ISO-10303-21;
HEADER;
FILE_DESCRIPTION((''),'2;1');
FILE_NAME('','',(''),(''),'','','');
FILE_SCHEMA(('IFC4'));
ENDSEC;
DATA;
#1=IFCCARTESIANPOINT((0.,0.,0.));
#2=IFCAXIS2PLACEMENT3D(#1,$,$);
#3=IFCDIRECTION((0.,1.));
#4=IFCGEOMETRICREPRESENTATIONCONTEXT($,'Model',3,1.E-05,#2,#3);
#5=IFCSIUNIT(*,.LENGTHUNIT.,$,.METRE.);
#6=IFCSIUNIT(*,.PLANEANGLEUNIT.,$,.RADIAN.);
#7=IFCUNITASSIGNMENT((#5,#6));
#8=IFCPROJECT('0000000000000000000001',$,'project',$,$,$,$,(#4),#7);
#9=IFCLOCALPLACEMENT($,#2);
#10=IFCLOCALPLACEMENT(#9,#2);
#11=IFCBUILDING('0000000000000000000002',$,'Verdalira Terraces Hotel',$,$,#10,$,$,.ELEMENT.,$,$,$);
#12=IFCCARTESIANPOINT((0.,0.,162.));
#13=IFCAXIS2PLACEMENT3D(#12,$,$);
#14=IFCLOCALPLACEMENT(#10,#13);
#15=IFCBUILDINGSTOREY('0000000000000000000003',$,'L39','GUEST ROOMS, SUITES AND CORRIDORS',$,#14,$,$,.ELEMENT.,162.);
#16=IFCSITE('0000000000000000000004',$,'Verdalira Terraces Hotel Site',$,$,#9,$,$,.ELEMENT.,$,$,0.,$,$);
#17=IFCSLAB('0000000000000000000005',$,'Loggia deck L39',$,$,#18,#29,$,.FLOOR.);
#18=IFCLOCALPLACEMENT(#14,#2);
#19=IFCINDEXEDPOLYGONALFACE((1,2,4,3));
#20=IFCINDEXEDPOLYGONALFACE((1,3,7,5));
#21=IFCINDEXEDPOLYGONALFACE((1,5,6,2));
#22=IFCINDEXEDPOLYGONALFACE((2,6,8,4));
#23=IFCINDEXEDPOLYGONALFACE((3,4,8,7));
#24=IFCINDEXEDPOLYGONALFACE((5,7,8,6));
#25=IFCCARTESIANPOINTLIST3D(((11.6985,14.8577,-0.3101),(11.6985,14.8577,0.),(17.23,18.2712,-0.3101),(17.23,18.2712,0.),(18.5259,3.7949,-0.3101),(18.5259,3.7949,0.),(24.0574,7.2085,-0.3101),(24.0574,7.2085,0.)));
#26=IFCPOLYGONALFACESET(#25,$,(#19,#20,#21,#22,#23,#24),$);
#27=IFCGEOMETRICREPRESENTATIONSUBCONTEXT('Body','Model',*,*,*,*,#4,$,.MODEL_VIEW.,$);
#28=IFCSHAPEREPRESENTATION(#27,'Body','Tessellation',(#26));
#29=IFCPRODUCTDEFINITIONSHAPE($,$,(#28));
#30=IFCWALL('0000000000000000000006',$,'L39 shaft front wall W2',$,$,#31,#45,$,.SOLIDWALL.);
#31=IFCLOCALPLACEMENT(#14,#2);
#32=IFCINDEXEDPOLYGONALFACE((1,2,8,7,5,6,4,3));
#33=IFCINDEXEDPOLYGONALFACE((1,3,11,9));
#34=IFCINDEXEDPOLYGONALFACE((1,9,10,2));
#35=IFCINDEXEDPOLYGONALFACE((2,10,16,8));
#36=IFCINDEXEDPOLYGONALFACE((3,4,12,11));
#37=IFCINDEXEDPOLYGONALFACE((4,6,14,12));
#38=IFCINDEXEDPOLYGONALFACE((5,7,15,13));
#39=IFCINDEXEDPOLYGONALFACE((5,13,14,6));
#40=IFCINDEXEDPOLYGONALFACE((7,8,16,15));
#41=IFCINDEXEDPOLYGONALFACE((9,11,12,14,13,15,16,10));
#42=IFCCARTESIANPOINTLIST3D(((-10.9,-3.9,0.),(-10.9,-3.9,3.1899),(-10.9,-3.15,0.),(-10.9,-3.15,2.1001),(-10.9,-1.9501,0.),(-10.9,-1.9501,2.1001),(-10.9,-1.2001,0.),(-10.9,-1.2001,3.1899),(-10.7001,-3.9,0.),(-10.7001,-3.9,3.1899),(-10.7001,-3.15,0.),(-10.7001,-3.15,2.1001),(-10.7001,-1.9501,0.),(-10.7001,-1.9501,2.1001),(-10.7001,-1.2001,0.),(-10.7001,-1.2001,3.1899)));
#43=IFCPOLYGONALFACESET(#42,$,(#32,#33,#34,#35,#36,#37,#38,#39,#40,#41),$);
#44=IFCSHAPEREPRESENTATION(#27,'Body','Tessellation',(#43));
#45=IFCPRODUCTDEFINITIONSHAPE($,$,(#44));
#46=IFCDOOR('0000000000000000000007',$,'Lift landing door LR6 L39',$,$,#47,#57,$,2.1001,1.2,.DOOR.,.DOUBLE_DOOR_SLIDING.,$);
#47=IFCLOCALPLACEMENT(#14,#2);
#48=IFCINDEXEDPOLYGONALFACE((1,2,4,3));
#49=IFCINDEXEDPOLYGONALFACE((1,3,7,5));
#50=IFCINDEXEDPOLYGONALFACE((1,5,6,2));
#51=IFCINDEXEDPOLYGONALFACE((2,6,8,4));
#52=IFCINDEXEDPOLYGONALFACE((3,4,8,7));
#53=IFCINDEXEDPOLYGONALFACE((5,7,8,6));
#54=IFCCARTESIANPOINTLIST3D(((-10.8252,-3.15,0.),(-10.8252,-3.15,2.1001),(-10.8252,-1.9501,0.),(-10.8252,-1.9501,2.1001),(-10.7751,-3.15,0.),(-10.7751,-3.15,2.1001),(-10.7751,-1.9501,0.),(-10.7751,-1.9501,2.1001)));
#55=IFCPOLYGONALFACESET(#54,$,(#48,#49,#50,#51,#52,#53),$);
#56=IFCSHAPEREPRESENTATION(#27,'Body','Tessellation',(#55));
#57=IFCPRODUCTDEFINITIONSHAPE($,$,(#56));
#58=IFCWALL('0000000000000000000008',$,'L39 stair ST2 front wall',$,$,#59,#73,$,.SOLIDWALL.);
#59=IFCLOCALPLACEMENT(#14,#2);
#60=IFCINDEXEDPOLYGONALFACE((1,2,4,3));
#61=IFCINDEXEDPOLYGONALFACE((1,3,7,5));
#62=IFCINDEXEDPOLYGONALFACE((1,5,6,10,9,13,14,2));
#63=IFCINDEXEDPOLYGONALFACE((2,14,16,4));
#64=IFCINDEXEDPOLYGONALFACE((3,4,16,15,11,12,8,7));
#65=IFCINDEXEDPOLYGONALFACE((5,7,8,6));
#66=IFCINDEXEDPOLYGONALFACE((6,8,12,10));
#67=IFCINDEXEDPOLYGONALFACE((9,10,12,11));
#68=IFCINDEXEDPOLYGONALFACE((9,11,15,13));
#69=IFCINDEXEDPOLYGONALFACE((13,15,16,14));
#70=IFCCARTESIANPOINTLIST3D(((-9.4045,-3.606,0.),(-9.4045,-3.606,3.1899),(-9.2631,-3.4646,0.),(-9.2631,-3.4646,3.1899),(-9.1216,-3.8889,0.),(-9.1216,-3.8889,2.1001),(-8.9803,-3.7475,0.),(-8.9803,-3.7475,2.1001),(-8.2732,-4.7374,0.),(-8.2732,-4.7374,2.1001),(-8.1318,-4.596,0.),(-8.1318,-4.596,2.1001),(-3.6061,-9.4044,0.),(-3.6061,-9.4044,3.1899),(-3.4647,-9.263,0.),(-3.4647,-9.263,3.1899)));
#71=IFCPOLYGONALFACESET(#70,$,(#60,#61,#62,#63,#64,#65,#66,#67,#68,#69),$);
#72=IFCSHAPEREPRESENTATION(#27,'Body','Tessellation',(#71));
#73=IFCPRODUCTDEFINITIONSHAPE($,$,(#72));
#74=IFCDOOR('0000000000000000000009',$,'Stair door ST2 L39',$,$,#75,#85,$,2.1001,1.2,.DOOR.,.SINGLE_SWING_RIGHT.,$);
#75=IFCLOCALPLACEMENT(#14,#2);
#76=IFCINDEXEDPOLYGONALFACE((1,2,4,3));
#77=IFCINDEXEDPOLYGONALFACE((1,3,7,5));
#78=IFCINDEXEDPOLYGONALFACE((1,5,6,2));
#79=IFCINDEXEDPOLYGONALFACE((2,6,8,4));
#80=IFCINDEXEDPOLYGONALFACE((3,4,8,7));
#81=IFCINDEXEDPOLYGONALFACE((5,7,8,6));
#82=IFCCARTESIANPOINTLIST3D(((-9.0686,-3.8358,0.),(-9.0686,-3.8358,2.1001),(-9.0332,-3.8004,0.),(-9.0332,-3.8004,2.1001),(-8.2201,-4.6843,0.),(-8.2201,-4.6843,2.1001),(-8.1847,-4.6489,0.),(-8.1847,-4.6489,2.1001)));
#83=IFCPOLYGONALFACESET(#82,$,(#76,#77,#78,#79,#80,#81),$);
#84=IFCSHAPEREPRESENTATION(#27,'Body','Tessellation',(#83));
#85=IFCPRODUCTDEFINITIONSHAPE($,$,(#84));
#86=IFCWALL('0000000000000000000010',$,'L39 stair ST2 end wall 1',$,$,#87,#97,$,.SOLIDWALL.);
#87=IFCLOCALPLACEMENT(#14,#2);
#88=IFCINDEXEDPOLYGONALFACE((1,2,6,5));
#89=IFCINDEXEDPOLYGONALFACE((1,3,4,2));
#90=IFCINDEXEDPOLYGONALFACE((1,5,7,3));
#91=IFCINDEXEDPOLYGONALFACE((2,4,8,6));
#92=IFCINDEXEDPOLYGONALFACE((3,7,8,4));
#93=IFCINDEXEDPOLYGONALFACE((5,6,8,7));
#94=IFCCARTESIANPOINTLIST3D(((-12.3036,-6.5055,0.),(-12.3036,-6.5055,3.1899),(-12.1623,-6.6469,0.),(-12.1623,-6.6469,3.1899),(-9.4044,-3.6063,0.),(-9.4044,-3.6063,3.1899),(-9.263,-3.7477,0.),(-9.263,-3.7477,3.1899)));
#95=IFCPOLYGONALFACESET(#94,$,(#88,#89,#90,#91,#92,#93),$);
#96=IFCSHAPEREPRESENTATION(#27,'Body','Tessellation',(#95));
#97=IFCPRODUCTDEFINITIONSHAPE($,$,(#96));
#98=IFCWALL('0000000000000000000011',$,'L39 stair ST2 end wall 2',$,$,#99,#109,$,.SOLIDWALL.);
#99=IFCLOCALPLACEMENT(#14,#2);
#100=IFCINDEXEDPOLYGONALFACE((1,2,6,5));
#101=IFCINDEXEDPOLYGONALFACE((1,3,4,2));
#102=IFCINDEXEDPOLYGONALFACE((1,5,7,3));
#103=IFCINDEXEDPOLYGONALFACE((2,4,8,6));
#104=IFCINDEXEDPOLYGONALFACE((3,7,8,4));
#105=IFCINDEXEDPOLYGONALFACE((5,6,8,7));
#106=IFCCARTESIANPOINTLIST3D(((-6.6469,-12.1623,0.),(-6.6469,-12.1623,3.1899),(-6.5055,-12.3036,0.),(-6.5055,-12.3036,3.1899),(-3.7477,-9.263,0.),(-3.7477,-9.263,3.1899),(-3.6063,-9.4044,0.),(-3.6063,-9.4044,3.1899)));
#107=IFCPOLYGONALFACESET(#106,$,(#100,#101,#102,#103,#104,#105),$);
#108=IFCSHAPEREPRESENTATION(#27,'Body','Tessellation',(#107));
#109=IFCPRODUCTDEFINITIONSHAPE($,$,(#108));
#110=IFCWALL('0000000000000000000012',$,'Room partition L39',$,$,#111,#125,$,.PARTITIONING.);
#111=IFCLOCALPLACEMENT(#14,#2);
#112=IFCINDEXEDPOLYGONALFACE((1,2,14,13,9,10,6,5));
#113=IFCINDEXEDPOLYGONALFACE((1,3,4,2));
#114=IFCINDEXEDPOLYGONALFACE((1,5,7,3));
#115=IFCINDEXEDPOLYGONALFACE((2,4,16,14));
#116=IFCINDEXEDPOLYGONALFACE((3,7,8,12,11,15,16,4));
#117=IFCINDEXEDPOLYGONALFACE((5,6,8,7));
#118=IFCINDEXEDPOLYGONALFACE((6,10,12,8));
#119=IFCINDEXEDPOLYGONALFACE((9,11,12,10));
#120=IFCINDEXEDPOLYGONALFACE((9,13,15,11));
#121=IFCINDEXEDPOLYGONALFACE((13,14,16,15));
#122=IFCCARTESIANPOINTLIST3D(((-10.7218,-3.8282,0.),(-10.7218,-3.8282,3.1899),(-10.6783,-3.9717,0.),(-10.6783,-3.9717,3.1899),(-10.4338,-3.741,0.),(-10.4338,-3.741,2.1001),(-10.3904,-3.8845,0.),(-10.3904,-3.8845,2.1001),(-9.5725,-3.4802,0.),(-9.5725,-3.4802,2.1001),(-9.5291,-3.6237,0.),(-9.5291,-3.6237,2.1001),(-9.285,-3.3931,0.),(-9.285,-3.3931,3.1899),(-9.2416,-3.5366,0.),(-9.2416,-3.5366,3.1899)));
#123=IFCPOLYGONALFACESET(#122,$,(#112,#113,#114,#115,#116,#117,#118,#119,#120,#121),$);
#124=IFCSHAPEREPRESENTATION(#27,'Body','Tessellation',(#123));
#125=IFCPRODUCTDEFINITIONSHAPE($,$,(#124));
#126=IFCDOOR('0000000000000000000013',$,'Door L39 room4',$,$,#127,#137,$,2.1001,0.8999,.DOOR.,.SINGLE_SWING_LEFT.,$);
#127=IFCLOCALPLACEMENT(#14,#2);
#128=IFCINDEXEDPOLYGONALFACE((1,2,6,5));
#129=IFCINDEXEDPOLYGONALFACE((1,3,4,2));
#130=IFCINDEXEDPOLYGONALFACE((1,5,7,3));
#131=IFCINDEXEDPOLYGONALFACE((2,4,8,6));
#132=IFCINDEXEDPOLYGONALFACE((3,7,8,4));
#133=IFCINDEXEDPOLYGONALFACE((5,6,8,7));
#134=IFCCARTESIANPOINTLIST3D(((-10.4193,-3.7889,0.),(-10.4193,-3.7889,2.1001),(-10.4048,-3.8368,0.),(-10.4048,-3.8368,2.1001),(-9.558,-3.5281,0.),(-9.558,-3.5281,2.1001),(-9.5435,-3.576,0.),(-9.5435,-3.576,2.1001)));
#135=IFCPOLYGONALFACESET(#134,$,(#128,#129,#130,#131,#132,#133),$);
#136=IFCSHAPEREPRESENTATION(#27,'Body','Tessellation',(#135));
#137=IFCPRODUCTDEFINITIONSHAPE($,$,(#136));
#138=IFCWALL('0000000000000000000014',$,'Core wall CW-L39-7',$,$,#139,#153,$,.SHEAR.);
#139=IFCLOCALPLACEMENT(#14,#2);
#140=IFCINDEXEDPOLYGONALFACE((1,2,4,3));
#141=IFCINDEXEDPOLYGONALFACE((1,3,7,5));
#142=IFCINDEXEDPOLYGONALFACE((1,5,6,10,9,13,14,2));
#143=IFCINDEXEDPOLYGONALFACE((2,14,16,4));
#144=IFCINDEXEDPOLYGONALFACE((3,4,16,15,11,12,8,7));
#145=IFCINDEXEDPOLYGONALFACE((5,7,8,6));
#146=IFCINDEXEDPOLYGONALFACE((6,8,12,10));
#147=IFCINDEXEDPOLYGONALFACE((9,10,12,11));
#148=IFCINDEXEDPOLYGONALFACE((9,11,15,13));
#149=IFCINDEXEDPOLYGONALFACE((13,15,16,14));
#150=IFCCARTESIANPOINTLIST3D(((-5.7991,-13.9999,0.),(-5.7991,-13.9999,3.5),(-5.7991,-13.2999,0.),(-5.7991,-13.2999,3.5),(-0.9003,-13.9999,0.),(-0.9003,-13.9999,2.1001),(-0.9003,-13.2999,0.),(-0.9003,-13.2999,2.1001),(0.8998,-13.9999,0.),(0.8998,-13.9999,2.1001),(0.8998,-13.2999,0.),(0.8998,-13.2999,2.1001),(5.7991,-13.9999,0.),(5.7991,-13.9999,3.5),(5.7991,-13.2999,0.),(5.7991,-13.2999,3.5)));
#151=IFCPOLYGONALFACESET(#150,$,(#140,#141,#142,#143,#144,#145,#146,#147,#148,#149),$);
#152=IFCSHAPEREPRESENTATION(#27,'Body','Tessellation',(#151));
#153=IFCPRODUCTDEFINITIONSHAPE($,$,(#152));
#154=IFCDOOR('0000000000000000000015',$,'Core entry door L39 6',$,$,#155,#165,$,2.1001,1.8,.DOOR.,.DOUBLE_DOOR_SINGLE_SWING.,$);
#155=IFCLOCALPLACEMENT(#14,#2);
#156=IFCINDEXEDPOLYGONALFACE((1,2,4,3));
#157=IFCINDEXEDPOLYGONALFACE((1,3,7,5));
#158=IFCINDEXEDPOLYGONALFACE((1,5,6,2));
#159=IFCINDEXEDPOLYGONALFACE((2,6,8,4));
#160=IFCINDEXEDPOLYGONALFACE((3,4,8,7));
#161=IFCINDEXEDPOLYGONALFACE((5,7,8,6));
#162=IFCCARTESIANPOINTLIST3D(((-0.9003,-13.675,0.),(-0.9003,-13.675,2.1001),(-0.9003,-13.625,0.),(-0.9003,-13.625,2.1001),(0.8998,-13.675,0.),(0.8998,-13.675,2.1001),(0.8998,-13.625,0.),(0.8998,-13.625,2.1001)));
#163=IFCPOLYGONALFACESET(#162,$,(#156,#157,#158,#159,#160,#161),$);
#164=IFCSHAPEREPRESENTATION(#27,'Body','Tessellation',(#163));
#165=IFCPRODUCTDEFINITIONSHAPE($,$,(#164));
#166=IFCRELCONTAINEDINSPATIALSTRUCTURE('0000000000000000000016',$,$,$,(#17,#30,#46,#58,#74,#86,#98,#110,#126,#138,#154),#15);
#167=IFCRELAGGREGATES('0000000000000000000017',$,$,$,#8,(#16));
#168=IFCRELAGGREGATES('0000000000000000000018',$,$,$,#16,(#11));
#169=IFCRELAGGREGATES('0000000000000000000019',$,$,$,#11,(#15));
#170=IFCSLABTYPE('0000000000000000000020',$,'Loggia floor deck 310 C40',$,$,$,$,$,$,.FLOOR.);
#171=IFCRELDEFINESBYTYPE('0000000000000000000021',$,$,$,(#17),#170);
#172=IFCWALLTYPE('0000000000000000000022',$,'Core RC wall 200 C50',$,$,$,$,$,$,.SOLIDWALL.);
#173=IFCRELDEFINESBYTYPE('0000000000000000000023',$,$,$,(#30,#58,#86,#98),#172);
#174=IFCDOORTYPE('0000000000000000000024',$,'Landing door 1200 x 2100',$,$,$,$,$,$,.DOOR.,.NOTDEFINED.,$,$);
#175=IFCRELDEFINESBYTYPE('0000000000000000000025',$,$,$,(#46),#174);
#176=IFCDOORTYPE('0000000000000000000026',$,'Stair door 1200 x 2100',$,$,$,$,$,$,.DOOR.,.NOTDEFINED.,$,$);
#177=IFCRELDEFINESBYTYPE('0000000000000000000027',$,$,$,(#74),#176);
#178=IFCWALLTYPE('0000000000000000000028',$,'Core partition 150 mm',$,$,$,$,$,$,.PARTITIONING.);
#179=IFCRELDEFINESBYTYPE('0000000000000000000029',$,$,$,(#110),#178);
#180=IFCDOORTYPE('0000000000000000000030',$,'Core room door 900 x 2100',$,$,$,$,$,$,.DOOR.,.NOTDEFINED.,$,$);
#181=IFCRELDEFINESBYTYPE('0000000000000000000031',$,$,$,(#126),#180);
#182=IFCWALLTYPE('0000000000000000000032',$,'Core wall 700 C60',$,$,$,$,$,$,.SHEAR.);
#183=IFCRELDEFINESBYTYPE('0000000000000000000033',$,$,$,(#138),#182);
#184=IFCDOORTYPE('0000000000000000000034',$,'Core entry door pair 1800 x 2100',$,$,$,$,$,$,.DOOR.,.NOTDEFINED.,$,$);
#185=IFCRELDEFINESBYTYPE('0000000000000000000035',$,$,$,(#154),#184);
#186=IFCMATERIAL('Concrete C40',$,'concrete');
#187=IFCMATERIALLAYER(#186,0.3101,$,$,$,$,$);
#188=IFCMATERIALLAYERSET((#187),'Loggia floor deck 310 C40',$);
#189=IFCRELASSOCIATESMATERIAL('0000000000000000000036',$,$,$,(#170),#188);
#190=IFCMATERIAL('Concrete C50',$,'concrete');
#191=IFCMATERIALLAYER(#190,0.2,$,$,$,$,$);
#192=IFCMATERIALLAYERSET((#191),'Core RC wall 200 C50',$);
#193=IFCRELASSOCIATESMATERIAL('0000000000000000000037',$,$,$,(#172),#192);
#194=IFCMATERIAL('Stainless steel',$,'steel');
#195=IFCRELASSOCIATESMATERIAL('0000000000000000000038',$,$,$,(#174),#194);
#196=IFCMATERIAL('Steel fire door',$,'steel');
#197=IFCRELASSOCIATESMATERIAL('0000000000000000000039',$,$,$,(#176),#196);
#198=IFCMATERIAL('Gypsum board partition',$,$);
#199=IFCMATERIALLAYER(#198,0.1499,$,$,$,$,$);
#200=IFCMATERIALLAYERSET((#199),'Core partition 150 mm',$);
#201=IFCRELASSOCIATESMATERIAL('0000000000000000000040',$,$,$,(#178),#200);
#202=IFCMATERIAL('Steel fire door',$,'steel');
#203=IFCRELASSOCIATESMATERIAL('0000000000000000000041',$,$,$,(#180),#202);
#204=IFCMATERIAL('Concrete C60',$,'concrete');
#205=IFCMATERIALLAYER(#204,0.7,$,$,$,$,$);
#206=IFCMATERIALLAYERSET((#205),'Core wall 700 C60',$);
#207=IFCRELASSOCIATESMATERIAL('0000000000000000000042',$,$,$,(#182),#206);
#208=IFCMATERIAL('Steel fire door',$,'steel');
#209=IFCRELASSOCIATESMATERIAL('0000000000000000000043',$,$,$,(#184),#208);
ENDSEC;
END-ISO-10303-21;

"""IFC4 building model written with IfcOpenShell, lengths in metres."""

from ifc_helpers import new_model, si_unit, direction, frame, frame_2d, origin, place, context, subcontext, project, spatial, polyline, rectangle, outline, extrude, material, layer, layer_set, type_object, element, fill, save


model = new_model("IFC4")

# Units and contexts
model_context = context("Model", 3, precision=1e-05, world=origin(), true_north=direction((0.0, 1.0)))
body_context = subcontext(model_context, "Body", "Model", "MODEL_VIEW")
ifc_project = project(units=[si_unit("LENGTHUNIT", "METRE"), si_unit("PLANEANGLEUNIT", "RADIAN")], contexts=[model_context])

# Site, building, storey
site_placement = place(None, origin())
site = spatial("IfcSite", under=ifc_project, at=site_placement, Name="Verdalira Terraces Hotel Site", CompositionType="ELEMENT", RefElevation=0.0)
building_placement = place(site_placement, origin())
building = spatial("IfcBuilding", under=site, at=building_placement, Name="Verdalira Terraces Hotel", CompositionType="ELEMENT")
storey_placement = place(building_placement, frame((0.0, 0.0, 162.0)))
storey = spatial("IfcBuildingStorey", under=building, at=storey_placement, Name="L39", Description="GUEST ROOMS, SUITES AND CORRIDORS", CompositionType="ELEMENT", Elevation=162.0)

# Slab
ifc_material_1 = material(Name="Concrete C40", Category="concrete")
ifc_layer_1 = layer(ifc_material_1, 0.3101)
ifc_layer_set_1 = layer_set([ifc_layer_1], Name="Loggia floor deck 310 C40")
slab_type = type_object("IfcSlabType", Name="Loggia floor deck 310 C40", PredefinedType="FLOOR", material=ifc_layer_set_1)
slab_placement = place(storey_placement, frame((0.0, 0.0, -0.3101)))
element("IfcSlab", 1, at=slab_placement, inside=storey, type_object=slab_type, Name="Loggia deck L39", PredefinedType="FLOOR", context=body_context, shape_type="SweptSolid", body=[
    extrude(outline(polyline([(18.5259, 3.7949), (24.0574, 7.2085), (17.23, 18.2712), (11.6985, 14.8577), (18.5259, 3.7949)])), origin(), (0.0, 0.0, 1.0), 0.3101),
])

# Walls, openings, doors
ifc_material_2 = material(Name="Concrete C50", Category="concrete")
ifc_layer_2 = layer(ifc_material_2, 0.2)
ifc_layer_set_2 = layer_set([ifc_layer_2], Name="Core RC wall 200 C50")
wall_type_1 = type_object("IfcWallType", Name="Core RC wall 200 C50", PredefinedType="SOLIDWALL", material=ifc_layer_set_2)
wall_1_placement = place(storey_placement, frame((-10.8, -1.2, 0.0), z_axis=(0.0, 0.0, 1.0), x_axis=(0.0, -1.0, 0.0)))
wall_1 = element("IfcWall", 2, at=wall_1_placement, inside=storey, type_object=wall_type_1, Name="L39 shaft front wall W2", PredefinedType="SOLIDWALL", context=body_context, shape_type="SweptSolid", body=[
    extrude(rectangle(XDim=2.7, YDim=0.2, at=frame_2d((1.3501, 0.0))), origin(), (0.0, 0.0, 1.0), 3.1899),
])
opening_1_placement = place(wall_1_placement, frame((0.75, 0.0, 0.0)))
opening_1 = element("IfcOpeningElement", 3, at=opening_1_placement, cuts=wall_1, PredefinedType="OPENING", context=body_context, shape_type="SweptSolid", body=[
    extrude(rectangle(XDim=1.2, YDim=2.1001, at=frame_2d((0.6001, 1.05))), frame((0.0, 0.1099, 0.0), z_axis=(0.0, -1.0, 0.0), x_axis=(1.0, 0.0, 0.0)), (0.0, 0.0, 1.0), 0.22),
])
ifc_material_3 = material(Name="Stainless steel", Category="steel")
door_type_1 = type_object("IfcDoorType", Name="Landing door 1200 x 2100", OperationType="NOTDEFINED", PredefinedType="DOOR", material=ifc_material_3)
door_1_placement = place(opening_1_placement, origin())
door_1 = element("IfcDoor", 4, at=door_1_placement, inside=storey, type_object=door_type_1, Name="Lift landing door LR6 L39", OperationType="DOUBLE_DOOR_SLIDING", OverallHeight=2.1001, OverallWidth=1.2, PredefinedType="DOOR", context=body_context, shape_type="SweptSolid", body=[
    extrude(rectangle(XDim=1.2, YDim=2.1001, at=frame_2d((0.6001, 1.05))), frame((0.0, 0.0249, 0.0), z_axis=(0.0, -1.0, 0.0), x_axis=(1.0, 0.0, 0.0)), (0.0, 0.0, 1.0), 0.05),
])
fill(opening_1, door_1)
wall_2_placement = place(storey_placement, frame((-3.5354, -9.3337, 0.0), z_axis=(0.0, 0.0, 1.0), x_axis=(-0.707107, 0.707107, 0.0)))
wall_2 = element("IfcWall", 5, at=wall_2_placement, inside=storey, type_object=wall_type_1, Name="L39 stair ST2 front wall", PredefinedType="SOLIDWALL", context=body_context, shape_type="SweptSolid", body=[
    extrude(rectangle(XDim=8.2002, YDim=0.2, at=frame_2d((4.1001, 0.0))), origin(), (0.0, 0.0, 1.0), 3.1899),
])
opening_2_placement = place(wall_2_placement, frame((6.6001, 0.0, 0.0)))
opening_2 = element("IfcOpeningElement", 6, at=opening_2_placement, cuts=wall_2, PredefinedType="OPENING", context=body_context, shape_type="SweptSolid", body=[
    extrude(rectangle(XDim=1.2, YDim=2.1001, at=frame_2d((0.6001, 1.05))), frame((0.0, 0.1099, 0.0), z_axis=(0.0, -1.0, 0.0), x_axis=(1.0, 0.0, 0.0)), (0.0, 0.0, 1.0), 0.22),
])
ifc_material_4 = material(Name="Steel fire door", Category="steel")
door_type_2 = type_object("IfcDoorType", Name="Stair door 1200 x 2100", OperationType="NOTDEFINED", PredefinedType="DOOR", material=ifc_material_4)
door_2_placement = place(opening_2_placement, origin())
door_2 = element("IfcDoor", 7, at=door_2_placement, inside=storey, type_object=door_type_2, Name="Stair door ST2 L39", OperationType="SINGLE_SWING_RIGHT", OverallHeight=2.1001, OverallWidth=1.2, PredefinedType="DOOR", context=body_context, shape_type="SweptSolid", body=[
    extrude(rectangle(XDim=1.2, YDim=2.1001, at=frame_2d((0.6001, 1.05))), frame((0.0, 0.0249, 0.0), z_axis=(0.0, -1.0, 0.0), x_axis=(1.0, 0.0, 0.0)), (0.0, 0.0, 1.0), 0.05),
])
fill(opening_2, door_2)

# Walls
for number, where, z_axis, x_axis, name in (
    (8, (-9.3337, -3.677, 0.0), (0.0, 0.0, 1.0), (-0.707107, -0.707107, 0.0), "L39 stair ST2 end wall 1"),
    (9, (-3.677, -9.3337, 0.0), (0.0, 0.0, 1.0), (-0.707107, -0.707107, 0.0), "L39 stair ST2 end wall 2"),
):
    element("IfcWall", number, at=place(storey_placement, frame(where, z_axis=z_axis, x_axis=x_axis)), inside=storey, type_object=wall_type_1, Name=name, PredefinedType="SOLIDWALL", context=body_context, shape_type="SweptSolid", body=[
        extrude(rectangle(XDim=4.1001, YDim=0.2, at=frame_2d((2.05, 0.0))), origin(), (0.0, 0.0, 1.0), 3.1899),
    ])

# Walls, openings, doors
ifc_material_5 = material(Name="Gypsum board partition")
ifc_layer_3 = layer(ifc_material_5, 0.1499)
ifc_layer_set_3 = layer_set([ifc_layer_3], Name="Core partition 150 mm")
wall_type_2 = type_object("IfcWallType", Name="Core partition 150 mm", PredefinedType="PARTITIONING", material=ifc_layer_set_3)
wall_3_placement = place(storey_placement, frame((-10.7, -3.8999, 0.0), z_axis=(0.0, 0.0, 1.0), x_axis=(0.957085, 0.289809, 0.0)))
wall_3 = element("IfcWall", 10, at=wall_3_placement, inside=storey, type_object=wall_type_2, Name="Room partition L39", PredefinedType="PARTITIONING", context=body_context, shape_type="SweptSolid", body=[
    extrude(rectangle(XDim=1.5012, YDim=0.1499, at=frame_2d((0.7505, 0.0))), origin(), (0.0, 0.0, 1.0), 3.1899),
])
opening_3_placement = place(wall_3_placement, frame((0.3008, 0.0, 0.0)))
opening_3 = element("IfcOpeningElement", 11, at=opening_3_placement, cuts=wall_3, PredefinedType="OPENING", context=body_context, shape_type="SweptSolid", body=[
    extrude(rectangle(XDim=0.8999, YDim=2.1001, at=frame_2d((0.45, 1.05))), frame((0.0, 0.085, 0.0), z_axis=(0.0, -1.0, 0.0), x_axis=(1.0, 0.0, 0.0)), (0.0, 0.0, 1.0), 0.1699),
])
ifc_material_6 = material(Name="Steel fire door", Category="steel")
door_type_3 = type_object("IfcDoorType", Name="Core room door 900 x 2100", OperationType="NOTDEFINED", PredefinedType="DOOR", material=ifc_material_6)
door_3_placement = place(opening_3_placement, origin())
door_3 = element("IfcDoor", 12, at=door_3_placement, inside=storey, type_object=door_type_3, Name="Door L39 room4", OperationType="SINGLE_SWING_LEFT", OverallHeight=2.1001, OverallWidth=0.8999, PredefinedType="DOOR", context=body_context, shape_type="SweptSolid", body=[
    extrude(rectangle(XDim=0.8999, YDim=2.1001, at=frame_2d((0.45, 1.05))), frame((0.0, 0.0249, 0.0), z_axis=(0.0, -1.0, 0.0), x_axis=(1.0, 0.0, 0.0)), (0.0, 0.0, 1.0), 0.05),
])
fill(opening_3, door_3)
ifc_material_7 = material(Name="Concrete C60", Category="concrete")
ifc_layer_4 = layer(ifc_material_7, 0.7)
ifc_layer_set_4 = layer_set([ifc_layer_4], Name="Core wall 700 C60")
wall_type_3 = type_object("IfcWallType", Name="Core wall 700 C60", PredefinedType="SHEAR", material=ifc_layer_set_4)
wall_4_placement = place(storey_placement, frame((-5.7991, -13.6499, 0.0), z_axis=(0.0, 0.0, 1.0), x_axis=(1.0, 0.0, 0.0)))
wall_4 = element("IfcWall", 13, at=wall_4_placement, inside=storey, type_object=wall_type_3, Name="Core wall CW-L39-7", PredefinedType="SHEAR", context=body_context, shape_type="SweptSolid", body=[
    extrude(rectangle(XDim=11.5981, YDim=0.7, at=frame_2d((5.7991, 0.0))), origin(), (0.0, 0.0, 1.0), 3.5),
])
opening_4_placement = place(wall_4_placement, frame((4.8989, 0.0, 0.0)))
opening_4 = element("IfcOpeningElement", 14, at=opening_4_placement, cuts=wall_4, PredefinedType="OPENING", context=body_context, shape_type="SweptSolid", body=[
    extrude(rectangle(XDim=1.8, YDim=2.1001, at=frame_2d((0.8999, 1.05))), frame((0.0, 0.3599, 0.0), z_axis=(0.0, -1.0, 0.0), x_axis=(1.0, 0.0, 0.0)), (0.0, 0.0, 1.0), 0.72),
])
ifc_material_8 = material(Name="Steel fire door", Category="steel")
door_type_4 = type_object("IfcDoorType", Name="Core entry door pair 1800 x 2100", OperationType="NOTDEFINED", PredefinedType="DOOR", material=ifc_material_8)
door_4_placement = place(opening_4_placement, origin())
door_4 = element("IfcDoor", 15, at=door_4_placement, inside=storey, type_object=door_type_4, Name="Core entry door L39 6", OperationType="DOUBLE_DOOR_SINGLE_SWING", OverallHeight=2.1001, OverallWidth=1.8, PredefinedType="DOOR", context=body_context, shape_type="SweptSolid", body=[
    extrude(rectangle(XDim=1.8, YDim=2.1001, at=frame_2d((0.8999, 1.05))), frame((0.0, 0.0249, 0.0), z_axis=(0.0, -1.0, 0.0), x_axis=(1.0, 0.0, 0.0)), (0.0, 0.0, 1.0), 0.05),
])
fill(opening_4, door_4)

save(model, "model.ifc")
